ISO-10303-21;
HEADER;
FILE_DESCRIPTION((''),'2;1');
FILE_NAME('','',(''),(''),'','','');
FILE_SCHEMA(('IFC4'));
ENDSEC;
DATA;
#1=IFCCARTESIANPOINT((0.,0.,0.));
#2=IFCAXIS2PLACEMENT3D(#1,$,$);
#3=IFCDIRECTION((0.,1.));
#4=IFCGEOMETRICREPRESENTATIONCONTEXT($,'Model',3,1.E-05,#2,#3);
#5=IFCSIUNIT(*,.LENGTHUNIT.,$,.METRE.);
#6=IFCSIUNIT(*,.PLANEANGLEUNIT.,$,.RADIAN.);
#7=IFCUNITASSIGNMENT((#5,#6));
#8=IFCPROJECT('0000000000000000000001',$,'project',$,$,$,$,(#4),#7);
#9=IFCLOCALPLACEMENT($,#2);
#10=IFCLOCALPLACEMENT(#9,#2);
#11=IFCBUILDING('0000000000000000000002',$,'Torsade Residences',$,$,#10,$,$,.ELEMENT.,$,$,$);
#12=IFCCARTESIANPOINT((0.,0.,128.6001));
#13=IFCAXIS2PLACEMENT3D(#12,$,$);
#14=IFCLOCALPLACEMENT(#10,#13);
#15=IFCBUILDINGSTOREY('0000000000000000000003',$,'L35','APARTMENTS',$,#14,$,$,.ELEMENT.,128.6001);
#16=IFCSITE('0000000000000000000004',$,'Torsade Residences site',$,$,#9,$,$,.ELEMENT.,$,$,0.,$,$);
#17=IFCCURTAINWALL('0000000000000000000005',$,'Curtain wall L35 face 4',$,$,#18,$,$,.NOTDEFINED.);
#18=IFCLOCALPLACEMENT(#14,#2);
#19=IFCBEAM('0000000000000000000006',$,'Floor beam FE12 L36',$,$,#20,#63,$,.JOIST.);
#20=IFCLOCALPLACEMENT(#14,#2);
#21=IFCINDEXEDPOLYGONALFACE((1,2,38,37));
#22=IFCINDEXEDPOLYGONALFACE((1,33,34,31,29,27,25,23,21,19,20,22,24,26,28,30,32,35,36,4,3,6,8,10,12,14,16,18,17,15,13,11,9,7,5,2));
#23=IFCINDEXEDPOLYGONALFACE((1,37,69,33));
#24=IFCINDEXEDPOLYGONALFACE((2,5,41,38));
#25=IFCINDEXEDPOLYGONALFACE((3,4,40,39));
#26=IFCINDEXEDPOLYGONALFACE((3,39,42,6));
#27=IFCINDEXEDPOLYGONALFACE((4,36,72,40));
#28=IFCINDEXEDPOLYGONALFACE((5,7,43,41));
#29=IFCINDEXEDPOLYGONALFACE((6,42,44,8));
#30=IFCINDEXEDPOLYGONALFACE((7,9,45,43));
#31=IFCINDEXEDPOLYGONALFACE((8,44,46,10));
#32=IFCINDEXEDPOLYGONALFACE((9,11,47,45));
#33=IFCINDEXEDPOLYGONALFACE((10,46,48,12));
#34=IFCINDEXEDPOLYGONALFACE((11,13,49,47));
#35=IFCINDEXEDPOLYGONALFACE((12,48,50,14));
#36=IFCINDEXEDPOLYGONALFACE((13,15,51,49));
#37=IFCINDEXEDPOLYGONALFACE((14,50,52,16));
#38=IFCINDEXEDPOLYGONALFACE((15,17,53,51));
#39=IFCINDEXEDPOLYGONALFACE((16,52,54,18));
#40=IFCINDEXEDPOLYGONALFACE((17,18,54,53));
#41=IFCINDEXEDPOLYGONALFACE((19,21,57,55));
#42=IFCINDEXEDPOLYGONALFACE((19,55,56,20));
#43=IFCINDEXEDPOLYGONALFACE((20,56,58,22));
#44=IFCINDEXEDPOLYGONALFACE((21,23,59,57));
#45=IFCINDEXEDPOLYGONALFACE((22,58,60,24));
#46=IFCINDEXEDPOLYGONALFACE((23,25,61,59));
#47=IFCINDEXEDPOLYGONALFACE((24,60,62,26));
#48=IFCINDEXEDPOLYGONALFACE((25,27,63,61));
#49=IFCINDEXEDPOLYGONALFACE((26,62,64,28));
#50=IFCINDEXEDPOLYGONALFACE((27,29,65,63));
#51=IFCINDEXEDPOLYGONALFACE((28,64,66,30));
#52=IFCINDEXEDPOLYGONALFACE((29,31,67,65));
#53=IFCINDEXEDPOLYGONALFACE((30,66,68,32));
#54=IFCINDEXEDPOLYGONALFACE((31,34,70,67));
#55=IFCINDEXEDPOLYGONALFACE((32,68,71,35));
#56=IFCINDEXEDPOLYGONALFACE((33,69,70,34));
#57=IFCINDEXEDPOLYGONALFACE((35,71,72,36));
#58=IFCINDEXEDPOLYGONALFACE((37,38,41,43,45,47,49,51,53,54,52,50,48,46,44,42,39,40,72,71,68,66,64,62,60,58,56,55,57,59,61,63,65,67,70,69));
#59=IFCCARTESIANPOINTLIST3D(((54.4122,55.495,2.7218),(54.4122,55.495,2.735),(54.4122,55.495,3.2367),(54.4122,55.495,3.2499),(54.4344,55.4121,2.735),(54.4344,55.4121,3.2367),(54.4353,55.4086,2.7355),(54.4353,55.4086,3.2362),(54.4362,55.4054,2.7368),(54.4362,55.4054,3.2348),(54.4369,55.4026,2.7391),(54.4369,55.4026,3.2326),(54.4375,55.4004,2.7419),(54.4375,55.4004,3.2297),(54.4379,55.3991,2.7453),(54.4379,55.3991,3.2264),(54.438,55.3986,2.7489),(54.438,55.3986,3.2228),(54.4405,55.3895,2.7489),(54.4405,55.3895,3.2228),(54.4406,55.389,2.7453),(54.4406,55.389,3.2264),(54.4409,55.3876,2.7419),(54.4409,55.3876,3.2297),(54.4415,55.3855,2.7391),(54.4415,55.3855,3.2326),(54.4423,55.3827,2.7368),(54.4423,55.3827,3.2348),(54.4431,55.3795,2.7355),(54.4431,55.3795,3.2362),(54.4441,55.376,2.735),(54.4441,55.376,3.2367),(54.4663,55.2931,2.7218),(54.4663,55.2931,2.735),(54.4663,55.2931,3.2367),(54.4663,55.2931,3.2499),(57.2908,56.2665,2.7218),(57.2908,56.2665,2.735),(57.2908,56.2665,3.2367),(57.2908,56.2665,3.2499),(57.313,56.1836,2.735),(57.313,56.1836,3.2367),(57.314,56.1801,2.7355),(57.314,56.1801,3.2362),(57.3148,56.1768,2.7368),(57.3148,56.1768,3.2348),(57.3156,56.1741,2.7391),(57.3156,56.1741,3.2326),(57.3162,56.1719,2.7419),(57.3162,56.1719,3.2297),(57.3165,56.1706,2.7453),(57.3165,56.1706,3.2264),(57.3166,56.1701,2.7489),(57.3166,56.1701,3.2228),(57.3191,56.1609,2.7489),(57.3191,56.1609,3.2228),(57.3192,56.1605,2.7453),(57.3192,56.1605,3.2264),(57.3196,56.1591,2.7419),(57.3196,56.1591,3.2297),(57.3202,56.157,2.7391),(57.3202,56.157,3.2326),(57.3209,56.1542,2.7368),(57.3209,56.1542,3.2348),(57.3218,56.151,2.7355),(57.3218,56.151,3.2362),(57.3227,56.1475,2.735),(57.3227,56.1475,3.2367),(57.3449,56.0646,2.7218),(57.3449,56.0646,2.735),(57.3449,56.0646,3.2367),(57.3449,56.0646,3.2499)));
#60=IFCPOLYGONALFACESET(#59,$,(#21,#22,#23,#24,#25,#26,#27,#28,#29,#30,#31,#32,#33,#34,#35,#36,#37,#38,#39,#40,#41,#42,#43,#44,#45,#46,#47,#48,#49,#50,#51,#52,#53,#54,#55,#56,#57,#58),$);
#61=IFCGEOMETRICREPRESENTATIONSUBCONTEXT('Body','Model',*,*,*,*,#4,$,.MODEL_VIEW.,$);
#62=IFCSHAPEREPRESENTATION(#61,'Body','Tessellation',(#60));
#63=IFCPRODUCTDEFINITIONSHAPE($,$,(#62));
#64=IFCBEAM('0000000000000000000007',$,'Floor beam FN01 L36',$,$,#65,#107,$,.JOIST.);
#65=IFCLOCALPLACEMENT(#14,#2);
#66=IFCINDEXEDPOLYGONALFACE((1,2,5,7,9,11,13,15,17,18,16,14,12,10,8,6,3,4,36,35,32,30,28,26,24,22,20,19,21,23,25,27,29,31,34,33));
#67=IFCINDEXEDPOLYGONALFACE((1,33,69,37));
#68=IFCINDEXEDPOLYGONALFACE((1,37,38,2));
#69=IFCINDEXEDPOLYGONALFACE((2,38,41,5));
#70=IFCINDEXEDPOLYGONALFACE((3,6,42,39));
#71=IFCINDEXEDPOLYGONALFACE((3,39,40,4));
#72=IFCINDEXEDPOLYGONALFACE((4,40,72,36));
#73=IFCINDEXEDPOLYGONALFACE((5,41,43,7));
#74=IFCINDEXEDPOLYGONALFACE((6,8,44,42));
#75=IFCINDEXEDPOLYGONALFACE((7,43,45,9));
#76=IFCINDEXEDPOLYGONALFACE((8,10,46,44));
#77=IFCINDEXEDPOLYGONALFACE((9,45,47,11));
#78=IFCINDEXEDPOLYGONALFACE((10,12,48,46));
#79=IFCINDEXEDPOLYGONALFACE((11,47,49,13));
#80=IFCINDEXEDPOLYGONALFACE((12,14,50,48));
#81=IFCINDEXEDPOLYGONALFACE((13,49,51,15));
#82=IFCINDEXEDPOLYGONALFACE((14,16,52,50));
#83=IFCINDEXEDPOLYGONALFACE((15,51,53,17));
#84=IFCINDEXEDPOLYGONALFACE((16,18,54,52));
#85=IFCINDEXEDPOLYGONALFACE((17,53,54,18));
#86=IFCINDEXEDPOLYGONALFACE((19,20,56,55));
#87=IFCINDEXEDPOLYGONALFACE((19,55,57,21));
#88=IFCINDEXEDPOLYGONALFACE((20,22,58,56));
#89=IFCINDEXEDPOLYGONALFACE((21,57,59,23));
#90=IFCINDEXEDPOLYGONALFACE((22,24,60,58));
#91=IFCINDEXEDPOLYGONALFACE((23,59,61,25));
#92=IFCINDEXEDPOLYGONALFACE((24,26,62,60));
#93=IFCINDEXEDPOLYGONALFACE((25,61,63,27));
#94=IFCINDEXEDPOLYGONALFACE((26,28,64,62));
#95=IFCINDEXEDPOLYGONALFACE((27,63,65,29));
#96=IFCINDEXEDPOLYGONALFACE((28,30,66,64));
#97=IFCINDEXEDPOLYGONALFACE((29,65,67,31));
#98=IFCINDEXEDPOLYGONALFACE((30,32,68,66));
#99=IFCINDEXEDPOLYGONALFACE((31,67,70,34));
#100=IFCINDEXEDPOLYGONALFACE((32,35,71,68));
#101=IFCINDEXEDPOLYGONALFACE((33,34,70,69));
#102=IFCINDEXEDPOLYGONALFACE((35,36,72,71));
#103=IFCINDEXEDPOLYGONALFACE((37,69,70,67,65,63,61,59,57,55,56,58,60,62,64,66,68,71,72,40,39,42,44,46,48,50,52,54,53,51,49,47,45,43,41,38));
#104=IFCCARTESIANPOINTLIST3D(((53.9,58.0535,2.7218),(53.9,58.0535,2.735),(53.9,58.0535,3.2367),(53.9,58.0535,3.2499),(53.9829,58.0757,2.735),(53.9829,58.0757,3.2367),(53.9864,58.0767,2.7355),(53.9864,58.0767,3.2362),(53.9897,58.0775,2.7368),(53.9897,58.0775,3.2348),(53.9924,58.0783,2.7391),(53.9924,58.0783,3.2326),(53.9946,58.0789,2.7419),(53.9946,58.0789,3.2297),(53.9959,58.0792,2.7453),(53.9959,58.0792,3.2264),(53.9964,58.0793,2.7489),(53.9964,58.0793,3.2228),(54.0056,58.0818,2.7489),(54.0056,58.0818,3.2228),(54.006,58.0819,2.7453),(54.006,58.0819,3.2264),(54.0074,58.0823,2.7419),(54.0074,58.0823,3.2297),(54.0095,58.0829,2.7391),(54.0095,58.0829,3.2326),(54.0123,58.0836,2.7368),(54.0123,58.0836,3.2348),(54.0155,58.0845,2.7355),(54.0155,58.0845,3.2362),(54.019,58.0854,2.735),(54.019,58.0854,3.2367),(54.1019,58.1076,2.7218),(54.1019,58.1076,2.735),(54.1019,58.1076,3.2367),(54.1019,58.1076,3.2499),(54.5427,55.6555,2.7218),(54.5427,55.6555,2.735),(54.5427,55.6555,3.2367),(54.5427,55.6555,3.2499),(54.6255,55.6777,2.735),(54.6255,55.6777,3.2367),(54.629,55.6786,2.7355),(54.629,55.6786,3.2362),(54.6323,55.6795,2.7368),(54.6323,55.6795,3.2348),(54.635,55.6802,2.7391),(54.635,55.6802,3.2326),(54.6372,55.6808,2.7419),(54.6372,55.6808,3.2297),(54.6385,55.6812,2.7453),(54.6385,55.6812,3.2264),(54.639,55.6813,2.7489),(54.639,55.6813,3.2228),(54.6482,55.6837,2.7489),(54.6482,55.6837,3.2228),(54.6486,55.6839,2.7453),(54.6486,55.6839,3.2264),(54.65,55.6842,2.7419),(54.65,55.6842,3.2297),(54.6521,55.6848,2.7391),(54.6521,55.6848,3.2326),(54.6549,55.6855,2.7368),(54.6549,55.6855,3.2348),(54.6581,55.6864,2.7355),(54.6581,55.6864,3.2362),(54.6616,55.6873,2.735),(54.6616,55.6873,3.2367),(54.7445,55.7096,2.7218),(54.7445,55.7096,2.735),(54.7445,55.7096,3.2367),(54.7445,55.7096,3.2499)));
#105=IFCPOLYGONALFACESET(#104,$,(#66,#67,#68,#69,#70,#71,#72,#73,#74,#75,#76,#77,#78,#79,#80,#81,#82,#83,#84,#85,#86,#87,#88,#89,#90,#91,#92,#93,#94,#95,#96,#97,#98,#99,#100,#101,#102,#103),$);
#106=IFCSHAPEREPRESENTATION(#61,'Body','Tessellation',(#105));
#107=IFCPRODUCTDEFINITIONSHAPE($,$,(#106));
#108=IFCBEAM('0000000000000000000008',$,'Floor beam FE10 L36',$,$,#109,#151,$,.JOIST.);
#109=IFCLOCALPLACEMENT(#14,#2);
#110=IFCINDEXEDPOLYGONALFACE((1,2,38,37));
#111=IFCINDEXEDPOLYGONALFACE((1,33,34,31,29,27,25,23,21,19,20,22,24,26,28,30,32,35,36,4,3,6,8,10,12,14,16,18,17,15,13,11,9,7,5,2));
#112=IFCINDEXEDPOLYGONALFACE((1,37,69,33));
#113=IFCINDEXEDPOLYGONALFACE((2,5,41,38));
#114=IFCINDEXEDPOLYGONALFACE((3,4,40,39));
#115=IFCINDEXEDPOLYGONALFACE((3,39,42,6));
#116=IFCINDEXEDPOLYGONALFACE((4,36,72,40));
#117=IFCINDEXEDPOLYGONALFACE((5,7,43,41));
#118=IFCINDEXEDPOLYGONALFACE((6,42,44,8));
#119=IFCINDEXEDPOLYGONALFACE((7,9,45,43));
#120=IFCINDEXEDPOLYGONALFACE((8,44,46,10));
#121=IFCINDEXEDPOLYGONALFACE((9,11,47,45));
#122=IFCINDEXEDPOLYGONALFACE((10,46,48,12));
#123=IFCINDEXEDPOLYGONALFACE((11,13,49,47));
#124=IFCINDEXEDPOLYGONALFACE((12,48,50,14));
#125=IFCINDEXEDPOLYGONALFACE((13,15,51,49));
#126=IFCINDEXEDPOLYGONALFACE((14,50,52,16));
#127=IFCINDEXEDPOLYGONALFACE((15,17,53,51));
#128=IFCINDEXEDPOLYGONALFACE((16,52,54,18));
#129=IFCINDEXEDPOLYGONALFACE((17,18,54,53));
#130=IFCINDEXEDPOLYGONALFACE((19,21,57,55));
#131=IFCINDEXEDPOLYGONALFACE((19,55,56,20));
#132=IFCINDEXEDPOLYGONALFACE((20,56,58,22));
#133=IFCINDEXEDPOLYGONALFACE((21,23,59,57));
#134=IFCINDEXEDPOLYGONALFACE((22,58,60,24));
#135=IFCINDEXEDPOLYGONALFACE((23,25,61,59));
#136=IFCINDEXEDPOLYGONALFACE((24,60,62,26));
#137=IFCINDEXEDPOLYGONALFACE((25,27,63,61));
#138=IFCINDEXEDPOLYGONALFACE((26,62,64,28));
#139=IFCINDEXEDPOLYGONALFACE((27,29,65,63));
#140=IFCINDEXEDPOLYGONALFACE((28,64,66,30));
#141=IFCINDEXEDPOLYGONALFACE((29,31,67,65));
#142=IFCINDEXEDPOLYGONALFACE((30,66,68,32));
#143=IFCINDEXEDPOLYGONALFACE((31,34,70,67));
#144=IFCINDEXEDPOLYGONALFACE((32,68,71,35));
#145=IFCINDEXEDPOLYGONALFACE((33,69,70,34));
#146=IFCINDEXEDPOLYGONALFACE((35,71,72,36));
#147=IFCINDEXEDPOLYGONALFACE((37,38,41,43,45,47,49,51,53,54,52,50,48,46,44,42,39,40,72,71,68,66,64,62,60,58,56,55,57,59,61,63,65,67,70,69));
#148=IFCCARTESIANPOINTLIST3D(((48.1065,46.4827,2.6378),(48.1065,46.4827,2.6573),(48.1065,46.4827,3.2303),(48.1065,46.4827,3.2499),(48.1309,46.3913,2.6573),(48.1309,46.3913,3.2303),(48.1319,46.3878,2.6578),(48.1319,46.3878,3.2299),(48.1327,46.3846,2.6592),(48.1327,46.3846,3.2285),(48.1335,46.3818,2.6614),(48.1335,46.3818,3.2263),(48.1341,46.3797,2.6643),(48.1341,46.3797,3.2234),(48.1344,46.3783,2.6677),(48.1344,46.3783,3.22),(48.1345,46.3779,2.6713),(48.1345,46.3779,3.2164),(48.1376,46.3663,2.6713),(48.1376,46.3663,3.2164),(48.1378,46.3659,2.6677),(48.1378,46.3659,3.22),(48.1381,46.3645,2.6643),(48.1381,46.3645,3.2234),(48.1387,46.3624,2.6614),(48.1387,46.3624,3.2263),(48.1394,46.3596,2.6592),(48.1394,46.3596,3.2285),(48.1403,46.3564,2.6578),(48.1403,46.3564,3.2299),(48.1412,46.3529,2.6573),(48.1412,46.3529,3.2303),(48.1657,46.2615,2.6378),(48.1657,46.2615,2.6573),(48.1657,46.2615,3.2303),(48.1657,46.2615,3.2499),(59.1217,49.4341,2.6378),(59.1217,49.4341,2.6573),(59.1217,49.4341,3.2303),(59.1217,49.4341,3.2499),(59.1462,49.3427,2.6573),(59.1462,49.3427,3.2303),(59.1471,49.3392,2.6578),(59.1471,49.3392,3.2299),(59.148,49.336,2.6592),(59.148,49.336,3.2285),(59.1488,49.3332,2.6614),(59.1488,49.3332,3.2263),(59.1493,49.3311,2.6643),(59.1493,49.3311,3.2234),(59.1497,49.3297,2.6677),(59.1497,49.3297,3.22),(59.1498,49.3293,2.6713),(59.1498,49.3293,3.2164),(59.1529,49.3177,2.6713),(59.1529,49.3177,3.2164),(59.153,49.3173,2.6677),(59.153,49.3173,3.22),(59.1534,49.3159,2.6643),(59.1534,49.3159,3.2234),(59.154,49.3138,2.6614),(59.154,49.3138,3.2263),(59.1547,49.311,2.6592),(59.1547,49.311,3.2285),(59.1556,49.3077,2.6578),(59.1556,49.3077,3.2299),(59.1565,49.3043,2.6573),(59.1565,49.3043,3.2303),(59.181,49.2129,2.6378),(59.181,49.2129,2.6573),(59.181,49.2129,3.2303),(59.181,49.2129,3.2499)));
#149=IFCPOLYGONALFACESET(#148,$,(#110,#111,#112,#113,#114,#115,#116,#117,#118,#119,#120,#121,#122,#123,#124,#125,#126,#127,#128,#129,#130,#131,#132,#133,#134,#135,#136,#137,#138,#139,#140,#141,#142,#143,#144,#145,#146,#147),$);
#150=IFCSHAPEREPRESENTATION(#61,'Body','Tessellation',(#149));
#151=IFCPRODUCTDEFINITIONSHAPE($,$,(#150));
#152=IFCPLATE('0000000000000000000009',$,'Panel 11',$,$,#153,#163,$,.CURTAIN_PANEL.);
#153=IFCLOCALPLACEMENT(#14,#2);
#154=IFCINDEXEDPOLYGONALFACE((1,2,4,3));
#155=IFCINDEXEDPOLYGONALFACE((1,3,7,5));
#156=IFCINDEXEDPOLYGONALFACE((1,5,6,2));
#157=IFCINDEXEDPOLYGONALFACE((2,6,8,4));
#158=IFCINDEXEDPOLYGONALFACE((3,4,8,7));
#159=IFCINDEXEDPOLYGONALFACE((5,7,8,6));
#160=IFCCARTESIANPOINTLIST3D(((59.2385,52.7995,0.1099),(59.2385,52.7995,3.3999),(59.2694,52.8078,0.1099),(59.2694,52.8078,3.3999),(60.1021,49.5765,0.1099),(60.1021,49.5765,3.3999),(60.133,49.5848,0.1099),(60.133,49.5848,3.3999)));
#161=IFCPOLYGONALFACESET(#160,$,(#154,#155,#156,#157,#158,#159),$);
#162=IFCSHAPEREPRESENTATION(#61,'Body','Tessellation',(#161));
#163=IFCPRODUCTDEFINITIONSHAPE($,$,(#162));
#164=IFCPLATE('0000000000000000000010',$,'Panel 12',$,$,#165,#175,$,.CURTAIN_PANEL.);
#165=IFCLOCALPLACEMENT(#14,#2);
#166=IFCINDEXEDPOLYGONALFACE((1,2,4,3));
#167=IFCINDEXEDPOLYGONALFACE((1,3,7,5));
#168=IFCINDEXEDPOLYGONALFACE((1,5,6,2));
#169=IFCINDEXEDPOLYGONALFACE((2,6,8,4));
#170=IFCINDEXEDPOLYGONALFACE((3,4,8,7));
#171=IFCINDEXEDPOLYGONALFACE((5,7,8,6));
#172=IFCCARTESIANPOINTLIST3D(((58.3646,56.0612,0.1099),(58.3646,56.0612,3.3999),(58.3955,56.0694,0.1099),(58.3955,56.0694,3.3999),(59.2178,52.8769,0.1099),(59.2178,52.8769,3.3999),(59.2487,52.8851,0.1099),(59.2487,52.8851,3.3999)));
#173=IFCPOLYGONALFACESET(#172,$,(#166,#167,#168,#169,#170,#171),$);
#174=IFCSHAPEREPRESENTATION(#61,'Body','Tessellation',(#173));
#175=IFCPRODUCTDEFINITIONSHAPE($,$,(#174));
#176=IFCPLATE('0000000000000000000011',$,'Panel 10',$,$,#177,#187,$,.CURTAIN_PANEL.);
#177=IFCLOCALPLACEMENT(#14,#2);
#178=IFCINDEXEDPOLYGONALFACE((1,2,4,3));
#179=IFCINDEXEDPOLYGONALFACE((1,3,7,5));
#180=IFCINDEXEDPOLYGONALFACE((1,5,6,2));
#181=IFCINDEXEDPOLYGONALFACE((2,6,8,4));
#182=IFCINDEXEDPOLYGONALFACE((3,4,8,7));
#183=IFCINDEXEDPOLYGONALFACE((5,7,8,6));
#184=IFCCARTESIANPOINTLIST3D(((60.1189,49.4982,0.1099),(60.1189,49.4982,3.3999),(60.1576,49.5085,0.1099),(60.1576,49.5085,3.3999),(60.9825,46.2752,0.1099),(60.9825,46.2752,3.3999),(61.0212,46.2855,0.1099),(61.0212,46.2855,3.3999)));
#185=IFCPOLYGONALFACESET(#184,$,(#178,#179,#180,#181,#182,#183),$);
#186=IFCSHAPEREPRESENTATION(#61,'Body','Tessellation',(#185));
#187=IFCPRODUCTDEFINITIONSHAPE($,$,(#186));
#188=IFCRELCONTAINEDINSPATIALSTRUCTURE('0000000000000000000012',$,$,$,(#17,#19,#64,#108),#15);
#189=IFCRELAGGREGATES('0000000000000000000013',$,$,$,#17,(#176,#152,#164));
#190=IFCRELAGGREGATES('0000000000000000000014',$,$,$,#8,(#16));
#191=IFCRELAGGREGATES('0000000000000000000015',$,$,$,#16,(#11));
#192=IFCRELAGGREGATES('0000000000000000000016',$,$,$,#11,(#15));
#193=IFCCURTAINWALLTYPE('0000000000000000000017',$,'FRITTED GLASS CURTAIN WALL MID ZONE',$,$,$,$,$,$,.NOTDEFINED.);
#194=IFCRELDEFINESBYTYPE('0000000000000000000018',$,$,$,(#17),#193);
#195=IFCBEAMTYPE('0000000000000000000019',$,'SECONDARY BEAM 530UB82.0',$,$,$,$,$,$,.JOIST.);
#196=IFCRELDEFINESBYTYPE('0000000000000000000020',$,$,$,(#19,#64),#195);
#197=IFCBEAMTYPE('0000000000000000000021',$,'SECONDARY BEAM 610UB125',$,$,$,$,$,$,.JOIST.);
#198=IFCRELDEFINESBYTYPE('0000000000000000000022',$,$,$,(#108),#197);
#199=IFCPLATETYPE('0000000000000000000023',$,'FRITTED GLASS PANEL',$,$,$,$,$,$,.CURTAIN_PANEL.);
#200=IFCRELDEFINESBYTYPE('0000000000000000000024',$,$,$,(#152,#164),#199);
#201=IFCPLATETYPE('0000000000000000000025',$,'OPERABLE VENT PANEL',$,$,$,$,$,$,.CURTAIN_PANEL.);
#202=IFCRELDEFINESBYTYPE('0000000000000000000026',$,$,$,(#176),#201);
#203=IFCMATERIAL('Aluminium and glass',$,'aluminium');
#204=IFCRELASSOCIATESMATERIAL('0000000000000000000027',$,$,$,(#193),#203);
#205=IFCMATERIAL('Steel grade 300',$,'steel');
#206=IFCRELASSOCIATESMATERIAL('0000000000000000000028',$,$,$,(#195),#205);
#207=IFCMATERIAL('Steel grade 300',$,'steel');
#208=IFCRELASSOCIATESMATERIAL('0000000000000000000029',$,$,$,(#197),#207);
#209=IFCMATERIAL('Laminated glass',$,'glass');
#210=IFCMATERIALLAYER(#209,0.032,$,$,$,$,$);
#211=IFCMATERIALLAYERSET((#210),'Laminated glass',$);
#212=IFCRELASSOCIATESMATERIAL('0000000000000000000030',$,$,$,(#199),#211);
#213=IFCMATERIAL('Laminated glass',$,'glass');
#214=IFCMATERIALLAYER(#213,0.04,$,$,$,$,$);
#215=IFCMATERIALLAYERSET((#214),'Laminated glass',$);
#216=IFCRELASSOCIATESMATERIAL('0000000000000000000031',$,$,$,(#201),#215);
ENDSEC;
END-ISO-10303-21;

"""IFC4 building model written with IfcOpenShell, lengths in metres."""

from ifc_helpers import new_model, si_unit, direction, frame, origin, origin_2d, place, context, subcontext, project, spatial, rectangle, i_section, extrude, material, layer, layer_set, material_profile, profile_set, type_object, element, aggregate, save


model = new_model("IFC4")

# Units and contexts
model_context = context("Model", 3, precision=1e-05, world=origin(), true_north=direction((0.0, 1.0)))
body_context = subcontext(model_context, "Body", "Model", "MODEL_VIEW")
ifc_project = project(units=[si_unit("LENGTHUNIT", "METRE"), si_unit("PLANEANGLEUNIT", "RADIAN")], contexts=[model_context])

# Site, building, storey
site_placement = place(None, origin())
site = spatial("IfcSite", under=ifc_project, at=site_placement, Name="Torsade Residences site", CompositionType="ELEMENT", RefElevation=0.0)
building_placement = place(site_placement, origin())
building = spatial("IfcBuilding", under=site, at=building_placement, Name="Torsade Residences", CompositionType="ELEMENT")
storey_placement = place(building_placement, frame((0.0, 0.0, 128.6001)))
storey = spatial("IfcBuildingStorey", under=building, at=storey_placement, Name="L35", Description="APARTMENTS", CompositionType="ELEMENT", Elevation=128.6001)

# Curtain wall
ifc_material_1 = material(Name="Aluminium and glass", Category="aluminium")
curtain_wall_type = type_object("IfcCurtainWallType", Name="FRITTED GLASS CURTAIN WALL MID ZONE", PredefinedType="NOTDEFINED", material=ifc_material_1)
curtain_wall_1_placement = place(storey_placement, origin())
curtain_wall_1 = element("IfcCurtainWall", 1, at=curtain_wall_1_placement, inside=storey, type_object=curtain_wall_type, Name="Curtain wall L35 face 4", PredefinedType="NOTDEFINED")

# Beams
ifc_material_2 = material(Name="Steel grade 300", Category="steel")
ifc_material_profile_1 = material_profile(ifc_material_2, i_section(OverallWidth=0.209, OverallDepth=0.5281, WebThickness=0.0095, FlangeThickness=0.0132, FilletRadius=0.0139, at=origin_2d()), Name="530UB82.0")
ifc_profile_set_1 = profile_set([ifc_material_profile_1], Name="Steel grade 300")
beam_type_1 = type_object("IfcBeamType", Name="SECONDARY BEAM 530UB82.0", PredefinedType="JOIST", material=ifc_profile_set_1)
beam_1_placement = place(storey_placement, frame((57.3179, 56.1655, 2.9858), z_axis=(-0.965913, -0.258866, 0.0), x_axis=(0.258866, -0.965913, 0.0)))
element("IfcBeam", 2, at=beam_1_placement, inside=storey, type_object=beam_type_1, Name="Floor beam FE12 L36", PredefinedType="JOIST", context=body_context, shape_type="SweptSolid", body=[
    extrude(i_section(OverallWidth=0.209, OverallDepth=0.5281, WebThickness=0.0095, FlangeThickness=0.0132, FilletRadius=0.0139, at=origin_2d()), origin(), (0.0, 0.0, 1.0), 2.9802),
])
beam_2_placement = place(storey_placement, frame((54.001, 58.0806, 2.9858), z_axis=(0.258838, -0.965921, 0.0), x_axis=(0.965921, 0.258838, 0.0)))
element("IfcBeam", 3, at=beam_2_placement, inside=storey, type_object=beam_type_1, Name="Floor beam FN01 L36", PredefinedType="JOIST", context=body_context, shape_type="SweptSolid", body=[
    extrude(i_section(OverallWidth=0.209, OverallDepth=0.5281, WebThickness=0.0095, FlangeThickness=0.0132, FilletRadius=0.0139, at=origin_2d()), origin(), (0.0, 0.0, 1.0), 2.4827),
])
ifc_material_3 = material(Name="Steel grade 300", Category="steel")
ifc_material_profile_2 = material_profile(ifc_material_3, i_section(OverallWidth=0.229, OverallDepth=0.6121, WebThickness=0.012, FlangeThickness=0.0195, FilletRadius=0.0139, at=origin_2d()), Name="610UB125")
ifc_profile_set_2 = profile_set([ifc_material_profile_2], Name="Steel grade 300")
beam_type_2 = type_object("IfcBeamType", Name="SECONDARY BEAM 610UB125", PredefinedType="JOIST", material=ifc_profile_set_2)
beam_3_placement = place(storey_placement, frame((59.1514, 49.3235, 2.9438), z_axis=(-0.965929, -0.258807, 0.0), x_axis=(0.258807, -0.965929, 0.0)))
element("IfcBeam", 4, at=beam_3_placement, inside=storey, type_object=beam_type_2, Name="Floor beam FE10 L36", PredefinedType="JOIST", context=body_context, shape_type="SweptSolid", body=[
    extrude(i_section(OverallWidth=0.229, OverallDepth=0.6121, WebThickness=0.012, FlangeThickness=0.0195, FilletRadius=0.0139, at=origin_2d()), origin(), (0.0, 0.0, 1.0), 11.4038),
])

# Plates
ifc_material_4 = material(Name="Laminated glass", Category="glass")
ifc_layer_1 = layer(ifc_material_4, 0.032)
ifc_layer_set_1 = layer_set([ifc_layer_1], Name="Laminated glass")
plate_type_1 = type_object("IfcPlateType", Name="FRITTED GLASS PANEL", PredefinedType="CURTAIN_PANEL", material=ifc_layer_set_1)
plate_1_placement = place(storey_placement, frame((59.6858, 51.1921, 0.1099), z_axis=(0.0, 0.0, 1.0), x_axis=(-0.258819, 0.965926, 0.0)))
plate_1 = element("IfcPlate", 5, at=plate_1_placement, type_object=plate_type_1, Name="Panel 11", PredefinedType="CURTAIN_PANEL", context=body_context, shape_type="SweptSolid", body=[
    extrude(rectangle(XDim=3.3367, YDim=0.032, at=origin_2d()), origin(), (0.0, 0.0, 1.0), 3.29),
])
plate_2_placement = place(storey_placement, frame((58.8066, 54.4731, 0.1099), z_axis=(0.0, 0.0, 1.0), x_axis=(-0.258819, 0.965926, 0.0)))
plate_2 = element("IfcPlate", 6, at=plate_2_placement, type_object=plate_type_1, Name="Panel 12", PredefinedType="CURTAIN_PANEL", context=body_context, shape_type="SweptSolid", body=[
    extrude(rectangle(XDim=3.2966, YDim=0.032, at=origin_2d()), origin(), (0.0, 0.0, 1.0), 3.29),
])
ifc_material_5 = material(Name="Laminated glass", Category="glass")
ifc_layer_2 = layer(ifc_material_5, 0.04)
ifc_layer_set_2 = layer_set([ifc_layer_2], Name="Laminated glass")
plate_type_2 = type_object("IfcPlateType", Name="OPERABLE VENT PANEL", PredefinedType="CURTAIN_PANEL", material=ifc_layer_set_2)
plate_3_placement = place(storey_placement, frame((60.5701, 47.8918, 0.1099), z_axis=(0.0, 0.0, 1.0), x_axis=(-0.258819, 0.965926, 0.0)))
plate_3 = element("IfcPlate", 7, at=plate_3_placement, type_object=plate_type_2, Name="Panel 10", PredefinedType="CURTAIN_PANEL", context=body_context, shape_type="SweptSolid", body=[
    extrude(rectangle(XDim=3.3367, YDim=0.04, at=origin_2d()), origin(), (0.0, 0.0, 1.0), 3.29),
])
aggregate(curtain_wall_1, [plate_3, plate_1, plate_2])

save(model, "model.ifc")
